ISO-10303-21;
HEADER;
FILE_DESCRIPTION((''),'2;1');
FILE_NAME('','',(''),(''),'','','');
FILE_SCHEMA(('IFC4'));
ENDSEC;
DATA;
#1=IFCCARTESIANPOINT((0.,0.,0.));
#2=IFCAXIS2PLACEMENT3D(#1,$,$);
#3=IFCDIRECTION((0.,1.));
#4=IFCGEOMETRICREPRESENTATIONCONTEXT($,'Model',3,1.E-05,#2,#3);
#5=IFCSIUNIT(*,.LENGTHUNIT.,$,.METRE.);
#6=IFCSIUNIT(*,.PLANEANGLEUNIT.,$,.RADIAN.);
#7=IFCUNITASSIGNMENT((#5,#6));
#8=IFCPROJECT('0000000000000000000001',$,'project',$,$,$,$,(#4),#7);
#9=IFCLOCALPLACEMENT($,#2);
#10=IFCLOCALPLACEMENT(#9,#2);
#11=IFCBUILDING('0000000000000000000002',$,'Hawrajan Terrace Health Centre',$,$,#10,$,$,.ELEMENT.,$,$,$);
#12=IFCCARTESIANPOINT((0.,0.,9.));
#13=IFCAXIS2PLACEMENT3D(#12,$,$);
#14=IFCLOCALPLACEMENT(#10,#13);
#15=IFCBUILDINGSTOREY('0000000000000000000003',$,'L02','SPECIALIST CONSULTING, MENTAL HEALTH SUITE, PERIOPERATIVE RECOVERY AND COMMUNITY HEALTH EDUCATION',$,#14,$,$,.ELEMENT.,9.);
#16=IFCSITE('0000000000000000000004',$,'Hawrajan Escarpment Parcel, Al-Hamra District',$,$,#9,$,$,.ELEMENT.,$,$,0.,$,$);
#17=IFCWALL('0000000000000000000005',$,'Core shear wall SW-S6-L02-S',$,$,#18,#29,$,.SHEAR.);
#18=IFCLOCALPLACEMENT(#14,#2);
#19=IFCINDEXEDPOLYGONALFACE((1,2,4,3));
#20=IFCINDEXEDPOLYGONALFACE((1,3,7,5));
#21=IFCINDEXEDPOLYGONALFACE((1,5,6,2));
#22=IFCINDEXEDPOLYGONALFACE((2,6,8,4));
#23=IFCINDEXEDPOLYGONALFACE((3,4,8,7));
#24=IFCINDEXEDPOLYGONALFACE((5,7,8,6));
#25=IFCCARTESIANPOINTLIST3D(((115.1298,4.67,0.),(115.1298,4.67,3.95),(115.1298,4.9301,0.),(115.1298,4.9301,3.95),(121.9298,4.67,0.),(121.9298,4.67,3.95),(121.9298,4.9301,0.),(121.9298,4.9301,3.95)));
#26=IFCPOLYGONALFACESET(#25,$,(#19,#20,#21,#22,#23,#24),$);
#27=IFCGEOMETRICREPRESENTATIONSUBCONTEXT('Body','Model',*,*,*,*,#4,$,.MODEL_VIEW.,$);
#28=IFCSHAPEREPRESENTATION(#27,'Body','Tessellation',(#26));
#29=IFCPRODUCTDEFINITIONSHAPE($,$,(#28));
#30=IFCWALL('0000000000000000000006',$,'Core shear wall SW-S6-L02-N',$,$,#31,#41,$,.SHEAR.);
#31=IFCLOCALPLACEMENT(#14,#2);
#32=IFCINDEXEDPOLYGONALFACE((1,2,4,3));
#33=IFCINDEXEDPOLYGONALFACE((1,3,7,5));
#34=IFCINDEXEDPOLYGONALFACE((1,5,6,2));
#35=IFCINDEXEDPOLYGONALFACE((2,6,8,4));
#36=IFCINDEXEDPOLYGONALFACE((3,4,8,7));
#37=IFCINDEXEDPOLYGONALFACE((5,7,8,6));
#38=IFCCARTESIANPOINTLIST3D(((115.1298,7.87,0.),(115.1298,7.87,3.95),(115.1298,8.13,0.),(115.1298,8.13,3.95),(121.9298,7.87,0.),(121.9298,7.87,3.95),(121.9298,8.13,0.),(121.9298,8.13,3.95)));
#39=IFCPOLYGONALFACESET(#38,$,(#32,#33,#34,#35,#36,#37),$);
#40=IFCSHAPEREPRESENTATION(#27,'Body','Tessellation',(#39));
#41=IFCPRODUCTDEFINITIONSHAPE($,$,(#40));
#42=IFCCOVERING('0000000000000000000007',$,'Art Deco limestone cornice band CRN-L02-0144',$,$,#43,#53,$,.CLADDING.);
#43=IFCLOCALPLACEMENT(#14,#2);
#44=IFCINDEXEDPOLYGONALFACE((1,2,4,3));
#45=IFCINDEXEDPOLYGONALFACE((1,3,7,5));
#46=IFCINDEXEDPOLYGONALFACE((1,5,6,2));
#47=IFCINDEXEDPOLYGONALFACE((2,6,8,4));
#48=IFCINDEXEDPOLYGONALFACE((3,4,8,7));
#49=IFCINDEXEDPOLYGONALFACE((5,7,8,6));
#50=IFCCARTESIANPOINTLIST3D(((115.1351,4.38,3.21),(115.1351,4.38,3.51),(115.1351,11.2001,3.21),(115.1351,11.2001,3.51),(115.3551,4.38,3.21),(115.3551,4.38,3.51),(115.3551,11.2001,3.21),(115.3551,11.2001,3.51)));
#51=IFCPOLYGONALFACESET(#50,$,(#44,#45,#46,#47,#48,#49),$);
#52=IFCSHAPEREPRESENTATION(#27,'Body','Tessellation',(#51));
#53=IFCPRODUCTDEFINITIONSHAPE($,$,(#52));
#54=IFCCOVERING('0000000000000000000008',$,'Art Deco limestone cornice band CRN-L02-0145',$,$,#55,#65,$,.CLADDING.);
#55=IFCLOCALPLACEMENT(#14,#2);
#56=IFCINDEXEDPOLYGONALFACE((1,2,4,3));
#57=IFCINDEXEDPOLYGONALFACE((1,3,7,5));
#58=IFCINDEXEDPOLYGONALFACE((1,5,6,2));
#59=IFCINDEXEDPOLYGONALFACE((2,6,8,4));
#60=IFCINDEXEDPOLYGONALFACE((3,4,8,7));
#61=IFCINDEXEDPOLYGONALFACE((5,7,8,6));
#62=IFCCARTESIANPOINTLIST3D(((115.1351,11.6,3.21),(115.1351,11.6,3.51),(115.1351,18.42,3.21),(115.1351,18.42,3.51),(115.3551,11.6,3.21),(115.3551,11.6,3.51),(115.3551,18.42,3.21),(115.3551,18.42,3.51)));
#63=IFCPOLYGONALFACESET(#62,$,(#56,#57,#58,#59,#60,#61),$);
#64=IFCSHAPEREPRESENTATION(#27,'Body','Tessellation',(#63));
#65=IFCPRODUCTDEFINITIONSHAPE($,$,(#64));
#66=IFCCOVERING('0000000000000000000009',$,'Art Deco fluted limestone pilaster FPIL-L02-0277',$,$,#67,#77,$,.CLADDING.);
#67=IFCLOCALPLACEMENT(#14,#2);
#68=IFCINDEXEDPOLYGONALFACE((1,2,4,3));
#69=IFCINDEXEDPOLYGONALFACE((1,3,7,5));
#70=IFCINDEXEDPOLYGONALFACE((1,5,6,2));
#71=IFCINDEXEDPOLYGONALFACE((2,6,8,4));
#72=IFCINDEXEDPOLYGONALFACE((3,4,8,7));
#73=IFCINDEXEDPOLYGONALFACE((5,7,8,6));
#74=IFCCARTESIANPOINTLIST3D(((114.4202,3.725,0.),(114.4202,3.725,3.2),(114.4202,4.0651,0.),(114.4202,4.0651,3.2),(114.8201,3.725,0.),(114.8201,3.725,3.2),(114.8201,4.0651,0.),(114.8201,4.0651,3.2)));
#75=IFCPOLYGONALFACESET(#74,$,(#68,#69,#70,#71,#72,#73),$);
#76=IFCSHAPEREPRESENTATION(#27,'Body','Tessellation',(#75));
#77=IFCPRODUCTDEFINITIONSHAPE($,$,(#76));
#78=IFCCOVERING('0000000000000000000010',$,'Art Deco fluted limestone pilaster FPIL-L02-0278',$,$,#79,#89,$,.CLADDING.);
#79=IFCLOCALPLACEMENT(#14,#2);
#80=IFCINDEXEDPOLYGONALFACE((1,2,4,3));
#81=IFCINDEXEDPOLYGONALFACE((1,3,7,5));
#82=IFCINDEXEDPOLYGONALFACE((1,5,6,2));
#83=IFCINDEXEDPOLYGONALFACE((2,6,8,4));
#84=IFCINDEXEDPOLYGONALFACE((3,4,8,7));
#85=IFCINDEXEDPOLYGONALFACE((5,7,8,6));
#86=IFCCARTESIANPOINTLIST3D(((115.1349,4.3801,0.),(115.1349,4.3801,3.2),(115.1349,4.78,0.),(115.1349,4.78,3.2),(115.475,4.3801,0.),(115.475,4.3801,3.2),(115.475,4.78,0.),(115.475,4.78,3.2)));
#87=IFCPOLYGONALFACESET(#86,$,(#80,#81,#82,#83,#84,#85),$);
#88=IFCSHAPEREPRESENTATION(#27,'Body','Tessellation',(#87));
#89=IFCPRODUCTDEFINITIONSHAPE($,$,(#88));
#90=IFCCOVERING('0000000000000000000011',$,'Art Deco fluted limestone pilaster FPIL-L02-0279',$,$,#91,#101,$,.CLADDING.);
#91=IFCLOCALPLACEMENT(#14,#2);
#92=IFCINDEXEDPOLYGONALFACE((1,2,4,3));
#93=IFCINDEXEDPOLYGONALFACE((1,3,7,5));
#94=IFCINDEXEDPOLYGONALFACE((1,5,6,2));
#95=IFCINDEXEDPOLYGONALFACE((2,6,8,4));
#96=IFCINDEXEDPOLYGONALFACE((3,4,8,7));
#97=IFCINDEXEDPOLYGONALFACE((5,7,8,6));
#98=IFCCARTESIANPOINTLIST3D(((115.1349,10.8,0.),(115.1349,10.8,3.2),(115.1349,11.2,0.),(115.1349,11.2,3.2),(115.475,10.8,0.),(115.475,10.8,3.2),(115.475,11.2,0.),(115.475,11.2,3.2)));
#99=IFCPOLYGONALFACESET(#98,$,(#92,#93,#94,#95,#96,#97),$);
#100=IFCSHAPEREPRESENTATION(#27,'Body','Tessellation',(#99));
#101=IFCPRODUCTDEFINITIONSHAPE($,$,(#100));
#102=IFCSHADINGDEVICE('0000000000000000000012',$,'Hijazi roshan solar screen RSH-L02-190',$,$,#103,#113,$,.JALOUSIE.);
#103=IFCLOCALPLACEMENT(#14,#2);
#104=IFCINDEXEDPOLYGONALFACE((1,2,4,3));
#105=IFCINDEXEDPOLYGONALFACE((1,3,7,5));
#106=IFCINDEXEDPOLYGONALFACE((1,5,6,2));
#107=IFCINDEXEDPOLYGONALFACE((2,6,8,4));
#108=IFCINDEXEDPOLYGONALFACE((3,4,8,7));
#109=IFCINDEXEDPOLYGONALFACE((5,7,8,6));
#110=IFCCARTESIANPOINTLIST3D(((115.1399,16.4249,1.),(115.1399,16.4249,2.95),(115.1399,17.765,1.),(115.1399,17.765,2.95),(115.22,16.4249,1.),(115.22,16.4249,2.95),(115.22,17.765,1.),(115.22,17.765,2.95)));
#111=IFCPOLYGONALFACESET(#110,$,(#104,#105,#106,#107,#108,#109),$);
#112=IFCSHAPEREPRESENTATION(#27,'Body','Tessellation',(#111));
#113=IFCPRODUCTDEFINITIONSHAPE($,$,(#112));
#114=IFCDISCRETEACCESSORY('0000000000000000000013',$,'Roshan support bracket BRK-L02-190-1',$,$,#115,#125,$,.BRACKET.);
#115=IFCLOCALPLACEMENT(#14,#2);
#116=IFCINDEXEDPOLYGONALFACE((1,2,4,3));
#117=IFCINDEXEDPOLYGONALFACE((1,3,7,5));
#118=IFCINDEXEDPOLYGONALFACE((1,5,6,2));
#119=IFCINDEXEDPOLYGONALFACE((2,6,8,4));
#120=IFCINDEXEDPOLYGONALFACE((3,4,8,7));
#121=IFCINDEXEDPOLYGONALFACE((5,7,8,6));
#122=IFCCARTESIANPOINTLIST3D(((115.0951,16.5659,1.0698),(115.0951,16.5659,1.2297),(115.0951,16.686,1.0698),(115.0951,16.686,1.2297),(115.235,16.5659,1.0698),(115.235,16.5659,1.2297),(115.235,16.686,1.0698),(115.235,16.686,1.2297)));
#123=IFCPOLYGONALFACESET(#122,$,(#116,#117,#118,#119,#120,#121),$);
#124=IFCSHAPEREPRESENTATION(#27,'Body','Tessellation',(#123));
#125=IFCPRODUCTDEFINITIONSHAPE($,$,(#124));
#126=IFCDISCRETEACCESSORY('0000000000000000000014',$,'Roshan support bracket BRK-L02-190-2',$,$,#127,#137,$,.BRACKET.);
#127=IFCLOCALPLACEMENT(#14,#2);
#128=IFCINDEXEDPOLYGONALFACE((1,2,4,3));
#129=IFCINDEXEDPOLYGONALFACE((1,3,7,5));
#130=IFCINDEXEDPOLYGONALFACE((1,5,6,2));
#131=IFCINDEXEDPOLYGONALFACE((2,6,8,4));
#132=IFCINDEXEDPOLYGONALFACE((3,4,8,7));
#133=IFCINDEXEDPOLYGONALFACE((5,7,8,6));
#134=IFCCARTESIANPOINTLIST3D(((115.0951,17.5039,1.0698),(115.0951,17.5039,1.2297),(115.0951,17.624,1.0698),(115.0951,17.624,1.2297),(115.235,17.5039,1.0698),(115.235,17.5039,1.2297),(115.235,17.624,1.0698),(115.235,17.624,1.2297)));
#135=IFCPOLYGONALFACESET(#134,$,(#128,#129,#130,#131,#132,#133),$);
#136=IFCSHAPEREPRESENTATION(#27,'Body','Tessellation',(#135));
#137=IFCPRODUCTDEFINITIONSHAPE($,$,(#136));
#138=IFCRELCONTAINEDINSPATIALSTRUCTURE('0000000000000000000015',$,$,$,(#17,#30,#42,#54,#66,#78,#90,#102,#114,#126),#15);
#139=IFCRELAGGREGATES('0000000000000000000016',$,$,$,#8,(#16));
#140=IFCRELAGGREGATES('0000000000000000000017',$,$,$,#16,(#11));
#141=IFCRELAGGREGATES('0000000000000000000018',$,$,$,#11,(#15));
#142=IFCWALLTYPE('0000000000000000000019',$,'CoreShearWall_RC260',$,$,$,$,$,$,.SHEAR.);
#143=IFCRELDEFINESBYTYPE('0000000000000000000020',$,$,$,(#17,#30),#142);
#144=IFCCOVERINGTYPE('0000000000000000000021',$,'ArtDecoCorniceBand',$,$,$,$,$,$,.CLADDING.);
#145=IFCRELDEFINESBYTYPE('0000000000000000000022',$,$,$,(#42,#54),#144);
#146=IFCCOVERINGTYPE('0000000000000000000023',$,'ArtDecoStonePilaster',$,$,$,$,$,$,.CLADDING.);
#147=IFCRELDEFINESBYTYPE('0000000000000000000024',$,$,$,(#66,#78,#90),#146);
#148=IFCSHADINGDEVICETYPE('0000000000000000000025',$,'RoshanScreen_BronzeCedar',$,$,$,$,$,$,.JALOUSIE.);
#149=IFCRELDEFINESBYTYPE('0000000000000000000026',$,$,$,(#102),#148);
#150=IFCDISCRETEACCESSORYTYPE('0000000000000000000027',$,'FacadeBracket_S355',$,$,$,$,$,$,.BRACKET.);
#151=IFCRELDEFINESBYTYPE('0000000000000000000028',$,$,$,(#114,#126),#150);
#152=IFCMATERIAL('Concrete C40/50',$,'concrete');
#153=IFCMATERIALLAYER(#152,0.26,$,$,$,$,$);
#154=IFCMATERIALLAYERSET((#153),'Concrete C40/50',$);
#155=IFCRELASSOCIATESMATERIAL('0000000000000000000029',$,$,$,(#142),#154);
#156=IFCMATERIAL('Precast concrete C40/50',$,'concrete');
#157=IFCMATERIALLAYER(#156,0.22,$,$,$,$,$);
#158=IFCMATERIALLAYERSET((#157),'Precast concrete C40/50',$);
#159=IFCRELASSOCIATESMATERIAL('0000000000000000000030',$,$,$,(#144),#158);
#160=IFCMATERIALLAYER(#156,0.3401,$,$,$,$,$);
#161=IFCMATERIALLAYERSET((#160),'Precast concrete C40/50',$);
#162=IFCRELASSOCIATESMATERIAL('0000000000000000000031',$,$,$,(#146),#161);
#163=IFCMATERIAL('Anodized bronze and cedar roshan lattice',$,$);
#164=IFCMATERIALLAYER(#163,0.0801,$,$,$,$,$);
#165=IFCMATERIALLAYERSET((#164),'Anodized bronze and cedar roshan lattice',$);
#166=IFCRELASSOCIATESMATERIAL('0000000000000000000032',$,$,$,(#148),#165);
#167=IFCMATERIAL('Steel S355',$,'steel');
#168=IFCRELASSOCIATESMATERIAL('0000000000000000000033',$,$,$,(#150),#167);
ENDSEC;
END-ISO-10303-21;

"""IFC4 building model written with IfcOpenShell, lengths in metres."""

from ifc_helpers import new_model, si_unit, direction, frame, frame_2d, origin, origin_2d, place, context, subcontext, project, spatial, rectangle, extrude, material, layer, layer_set, type_object, element, save


model = new_model("IFC4")

# Units and contexts
model_context = context("Model", 3, precision=1e-05, world=origin(), true_north=direction((0.0, 1.0)))
body_context = subcontext(model_context, "Body", "Model", "MODEL_VIEW")
ifc_project = project(units=[si_unit("LENGTHUNIT", "METRE"), si_unit("PLANEANGLEUNIT", "RADIAN")], contexts=[model_context])

# Site, building, storey
site_placement = place(None, origin())
site = spatial("IfcSite", under=ifc_project, at=site_placement, Name="Hawrajan Escarpment Parcel, Al-Hamra District", CompositionType="ELEMENT", RefElevation=0.0)
building_placement = place(site_placement, origin())
building = spatial("IfcBuilding", under=site, at=building_placement, Name="Hawrajan Terrace Health Centre", CompositionType="ELEMENT")
storey_placement = place(building_placement, frame((0.0, 0.0, 9.0)))
storey = spatial("IfcBuildingStorey", under=building, at=storey_placement, Name="L02", Description="SPECIALIST CONSULTING, MENTAL HEALTH SUITE, PERIOPERATIVE RECOVERY AND COMMUNITY HEALTH EDUCATION", CompositionType="ELEMENT", Elevation=9.0)

# Shared definitions
ifc_material_1 = material(Name="Concrete C40/50", Category="concrete")

# Shared definitions
ifc_material_2 = material(Name="Precast concrete C40/50", Category="concrete")

# Walls
ifc_layer_1 = layer(ifc_material_1, 0.26)
ifc_layer_set_1 = layer_set([ifc_layer_1], Name="Concrete C40/50")
wall_type_1 = type_object("IfcWallType", Name="CoreShearWall_RC260", PredefinedType="SHEAR", material=ifc_layer_set_1)
for number, where, z_axis, x_axis, name in (
    (1, (115.1299, 4.8, 0.0), (0.0, 0.0, 1.0), (1.0, 0.0, 0.0), "Core shear wall SW-S6-L02-S"),
    (2, (115.1299, 8.0, 0.0), (0.0, 0.0, 1.0), (1.0, 0.0, 0.0), "Core shear wall SW-S6-L02-N"),
):
    element("IfcWall", number, at=place(storey_placement, frame(where, z_axis=z_axis, x_axis=x_axis)), inside=storey, type_object=wall_type_1, Name=name, PredefinedType="SHEAR", context=body_context, shape_type="SweptSolid", body=[
        extrude(rectangle(XDim=6.8, YDim=0.26, at=frame_2d((3.3999, 0.0))), origin(), (0.0, 0.0, 1.0), 3.95),
    ])

# Coverings
ifc_layer_2 = layer(ifc_material_2, 0.22)
ifc_layer_set_2 = layer_set([ifc_layer_2], Name="Precast concrete C40/50")
covering_type_1 = type_object("IfcCoveringType", Name="ArtDecoCorniceBand", PredefinedType="CLADDING", material=ifc_layer_set_2)
for number, where, z_axis, x_axis, name in (
    (3, (115.2451, 7.79, 3.21), (0.0, 0.0, 1.0), (0.0, 1.0, 0.0), "Art Deco limestone cornice band CRN-L02-0144"),
    (4, (115.2451, 15.01, 3.21), (0.0, 0.0, 1.0), (0.0, 1.0, 0.0), "Art Deco limestone cornice band CRN-L02-0145"),
):
    element("IfcCovering", number, at=place(storey_placement, frame(where, z_axis=z_axis, x_axis=x_axis)), inside=storey, type_object=covering_type_1, Name=name, PredefinedType="CLADDING", context=body_context, shape_type="SweptSolid", body=[
        extrude(rectangle(XDim=6.8201, YDim=0.22, at=origin_2d()), origin(), (0.0, 0.0, 1.0), 0.3),
    ])
ifc_layer_3 = layer(ifc_material_2, 0.3401)
ifc_layer_set_3 = layer_set([ifc_layer_3], Name="Precast concrete C40/50")
covering_type_2 = type_object("IfcCoveringType", Name="ArtDecoStonePilaster", PredefinedType="CLADDING", material=ifc_layer_set_3)
for number, where, z_axis, x_axis, name in (
    (5, (114.6201, 3.895, 0.0), (0.0, 0.0, 1.0), (1.0, 0.0, 0.0), "Art Deco fluted limestone pilaster FPIL-L02-0277"),
    (6, (115.3049, 4.5801, 0.0), (0.0, 0.0, 1.0), (0.0, 1.0, 0.0), "Art Deco fluted limestone pilaster FPIL-L02-0278"),
    (7, (115.3049, 11.0, 0.0), (0.0, 0.0, 1.0), (0.0, 1.0, 0.0), "Art Deco fluted limestone pilaster FPIL-L02-0279"),
):
    element("IfcCovering", number, at=place(storey_placement, frame(where, z_axis=z_axis, x_axis=x_axis)), inside=storey, type_object=covering_type_2, Name=name, PredefinedType="CLADDING", context=body_context, shape_type="SweptSolid", body=[
        extrude(rectangle(XDim=0.3999, YDim=0.3401, at=origin_2d()), origin(), (0.0, 0.0, 1.0), 3.2),
    ])

# Shading device
ifc_material_3 = material(Name="Anodized bronze and cedar roshan lattice")
ifc_layer_4 = layer(ifc_material_3, 0.0801)
ifc_layer_set_4 = layer_set([ifc_layer_4], Name="Anodized bronze and cedar roshan lattice")
shading_device_type = type_object("IfcShadingDeviceType", Name="RoshanScreen_BronzeCedar", PredefinedType="JALOUSIE", material=ifc_layer_set_4)
shading_device_placement = place(storey_placement, frame((115.1799, 17.095, 1.0), z_axis=(0.0, 0.0, 1.0), x_axis=(0.0, 1.0, 0.0)))
element("IfcShadingDevice", 8, at=shading_device_placement, inside=storey, type_object=shading_device_type, Name="Hijazi roshan solar screen RSH-L02-190", PredefinedType="JALOUSIE", context=body_context, shape_type="SweptSolid", body=[
    extrude(rectangle(XDim=1.3401, YDim=0.0801, at=origin_2d()), origin(), (0.0, 0.0, 1.0), 1.95),
])

# Discrete accessories
ifc_material_4 = material(Name="Steel S355", Category="steel")
discrete_accessory_type = type_object("IfcDiscreteAccessoryType", Name="FacadeBracket_S355", PredefinedType="BRACKET", material=ifc_material_4)
for number, where, z_axis, x_axis, name in (
    (9, (115.165, 16.626, 1.0698), (0.0, 0.0, 1.0), (0.0, 1.0, 0.0), "Roshan support bracket BRK-L02-190-1"),
    (10, (115.165, 17.564, 1.0698), (0.0, 0.0, 1.0), (0.0, 1.0, 0.0), "Roshan support bracket BRK-L02-190-2"),
):
    element("IfcDiscreteAccessory", number, at=place(storey_placement, frame(where, z_axis=z_axis, x_axis=x_axis)), inside=storey, type_object=discrete_accessory_type, Name=name, PredefinedType="BRACKET", context=body_context, shape_type="SweptSolid", body=[
        extrude(rectangle(XDim=0.1201, YDim=0.1399, at=origin_2d()), origin(), (0.0, 0.0, 1.0), 0.1599),
    ])

save(model, "model.ifc")
